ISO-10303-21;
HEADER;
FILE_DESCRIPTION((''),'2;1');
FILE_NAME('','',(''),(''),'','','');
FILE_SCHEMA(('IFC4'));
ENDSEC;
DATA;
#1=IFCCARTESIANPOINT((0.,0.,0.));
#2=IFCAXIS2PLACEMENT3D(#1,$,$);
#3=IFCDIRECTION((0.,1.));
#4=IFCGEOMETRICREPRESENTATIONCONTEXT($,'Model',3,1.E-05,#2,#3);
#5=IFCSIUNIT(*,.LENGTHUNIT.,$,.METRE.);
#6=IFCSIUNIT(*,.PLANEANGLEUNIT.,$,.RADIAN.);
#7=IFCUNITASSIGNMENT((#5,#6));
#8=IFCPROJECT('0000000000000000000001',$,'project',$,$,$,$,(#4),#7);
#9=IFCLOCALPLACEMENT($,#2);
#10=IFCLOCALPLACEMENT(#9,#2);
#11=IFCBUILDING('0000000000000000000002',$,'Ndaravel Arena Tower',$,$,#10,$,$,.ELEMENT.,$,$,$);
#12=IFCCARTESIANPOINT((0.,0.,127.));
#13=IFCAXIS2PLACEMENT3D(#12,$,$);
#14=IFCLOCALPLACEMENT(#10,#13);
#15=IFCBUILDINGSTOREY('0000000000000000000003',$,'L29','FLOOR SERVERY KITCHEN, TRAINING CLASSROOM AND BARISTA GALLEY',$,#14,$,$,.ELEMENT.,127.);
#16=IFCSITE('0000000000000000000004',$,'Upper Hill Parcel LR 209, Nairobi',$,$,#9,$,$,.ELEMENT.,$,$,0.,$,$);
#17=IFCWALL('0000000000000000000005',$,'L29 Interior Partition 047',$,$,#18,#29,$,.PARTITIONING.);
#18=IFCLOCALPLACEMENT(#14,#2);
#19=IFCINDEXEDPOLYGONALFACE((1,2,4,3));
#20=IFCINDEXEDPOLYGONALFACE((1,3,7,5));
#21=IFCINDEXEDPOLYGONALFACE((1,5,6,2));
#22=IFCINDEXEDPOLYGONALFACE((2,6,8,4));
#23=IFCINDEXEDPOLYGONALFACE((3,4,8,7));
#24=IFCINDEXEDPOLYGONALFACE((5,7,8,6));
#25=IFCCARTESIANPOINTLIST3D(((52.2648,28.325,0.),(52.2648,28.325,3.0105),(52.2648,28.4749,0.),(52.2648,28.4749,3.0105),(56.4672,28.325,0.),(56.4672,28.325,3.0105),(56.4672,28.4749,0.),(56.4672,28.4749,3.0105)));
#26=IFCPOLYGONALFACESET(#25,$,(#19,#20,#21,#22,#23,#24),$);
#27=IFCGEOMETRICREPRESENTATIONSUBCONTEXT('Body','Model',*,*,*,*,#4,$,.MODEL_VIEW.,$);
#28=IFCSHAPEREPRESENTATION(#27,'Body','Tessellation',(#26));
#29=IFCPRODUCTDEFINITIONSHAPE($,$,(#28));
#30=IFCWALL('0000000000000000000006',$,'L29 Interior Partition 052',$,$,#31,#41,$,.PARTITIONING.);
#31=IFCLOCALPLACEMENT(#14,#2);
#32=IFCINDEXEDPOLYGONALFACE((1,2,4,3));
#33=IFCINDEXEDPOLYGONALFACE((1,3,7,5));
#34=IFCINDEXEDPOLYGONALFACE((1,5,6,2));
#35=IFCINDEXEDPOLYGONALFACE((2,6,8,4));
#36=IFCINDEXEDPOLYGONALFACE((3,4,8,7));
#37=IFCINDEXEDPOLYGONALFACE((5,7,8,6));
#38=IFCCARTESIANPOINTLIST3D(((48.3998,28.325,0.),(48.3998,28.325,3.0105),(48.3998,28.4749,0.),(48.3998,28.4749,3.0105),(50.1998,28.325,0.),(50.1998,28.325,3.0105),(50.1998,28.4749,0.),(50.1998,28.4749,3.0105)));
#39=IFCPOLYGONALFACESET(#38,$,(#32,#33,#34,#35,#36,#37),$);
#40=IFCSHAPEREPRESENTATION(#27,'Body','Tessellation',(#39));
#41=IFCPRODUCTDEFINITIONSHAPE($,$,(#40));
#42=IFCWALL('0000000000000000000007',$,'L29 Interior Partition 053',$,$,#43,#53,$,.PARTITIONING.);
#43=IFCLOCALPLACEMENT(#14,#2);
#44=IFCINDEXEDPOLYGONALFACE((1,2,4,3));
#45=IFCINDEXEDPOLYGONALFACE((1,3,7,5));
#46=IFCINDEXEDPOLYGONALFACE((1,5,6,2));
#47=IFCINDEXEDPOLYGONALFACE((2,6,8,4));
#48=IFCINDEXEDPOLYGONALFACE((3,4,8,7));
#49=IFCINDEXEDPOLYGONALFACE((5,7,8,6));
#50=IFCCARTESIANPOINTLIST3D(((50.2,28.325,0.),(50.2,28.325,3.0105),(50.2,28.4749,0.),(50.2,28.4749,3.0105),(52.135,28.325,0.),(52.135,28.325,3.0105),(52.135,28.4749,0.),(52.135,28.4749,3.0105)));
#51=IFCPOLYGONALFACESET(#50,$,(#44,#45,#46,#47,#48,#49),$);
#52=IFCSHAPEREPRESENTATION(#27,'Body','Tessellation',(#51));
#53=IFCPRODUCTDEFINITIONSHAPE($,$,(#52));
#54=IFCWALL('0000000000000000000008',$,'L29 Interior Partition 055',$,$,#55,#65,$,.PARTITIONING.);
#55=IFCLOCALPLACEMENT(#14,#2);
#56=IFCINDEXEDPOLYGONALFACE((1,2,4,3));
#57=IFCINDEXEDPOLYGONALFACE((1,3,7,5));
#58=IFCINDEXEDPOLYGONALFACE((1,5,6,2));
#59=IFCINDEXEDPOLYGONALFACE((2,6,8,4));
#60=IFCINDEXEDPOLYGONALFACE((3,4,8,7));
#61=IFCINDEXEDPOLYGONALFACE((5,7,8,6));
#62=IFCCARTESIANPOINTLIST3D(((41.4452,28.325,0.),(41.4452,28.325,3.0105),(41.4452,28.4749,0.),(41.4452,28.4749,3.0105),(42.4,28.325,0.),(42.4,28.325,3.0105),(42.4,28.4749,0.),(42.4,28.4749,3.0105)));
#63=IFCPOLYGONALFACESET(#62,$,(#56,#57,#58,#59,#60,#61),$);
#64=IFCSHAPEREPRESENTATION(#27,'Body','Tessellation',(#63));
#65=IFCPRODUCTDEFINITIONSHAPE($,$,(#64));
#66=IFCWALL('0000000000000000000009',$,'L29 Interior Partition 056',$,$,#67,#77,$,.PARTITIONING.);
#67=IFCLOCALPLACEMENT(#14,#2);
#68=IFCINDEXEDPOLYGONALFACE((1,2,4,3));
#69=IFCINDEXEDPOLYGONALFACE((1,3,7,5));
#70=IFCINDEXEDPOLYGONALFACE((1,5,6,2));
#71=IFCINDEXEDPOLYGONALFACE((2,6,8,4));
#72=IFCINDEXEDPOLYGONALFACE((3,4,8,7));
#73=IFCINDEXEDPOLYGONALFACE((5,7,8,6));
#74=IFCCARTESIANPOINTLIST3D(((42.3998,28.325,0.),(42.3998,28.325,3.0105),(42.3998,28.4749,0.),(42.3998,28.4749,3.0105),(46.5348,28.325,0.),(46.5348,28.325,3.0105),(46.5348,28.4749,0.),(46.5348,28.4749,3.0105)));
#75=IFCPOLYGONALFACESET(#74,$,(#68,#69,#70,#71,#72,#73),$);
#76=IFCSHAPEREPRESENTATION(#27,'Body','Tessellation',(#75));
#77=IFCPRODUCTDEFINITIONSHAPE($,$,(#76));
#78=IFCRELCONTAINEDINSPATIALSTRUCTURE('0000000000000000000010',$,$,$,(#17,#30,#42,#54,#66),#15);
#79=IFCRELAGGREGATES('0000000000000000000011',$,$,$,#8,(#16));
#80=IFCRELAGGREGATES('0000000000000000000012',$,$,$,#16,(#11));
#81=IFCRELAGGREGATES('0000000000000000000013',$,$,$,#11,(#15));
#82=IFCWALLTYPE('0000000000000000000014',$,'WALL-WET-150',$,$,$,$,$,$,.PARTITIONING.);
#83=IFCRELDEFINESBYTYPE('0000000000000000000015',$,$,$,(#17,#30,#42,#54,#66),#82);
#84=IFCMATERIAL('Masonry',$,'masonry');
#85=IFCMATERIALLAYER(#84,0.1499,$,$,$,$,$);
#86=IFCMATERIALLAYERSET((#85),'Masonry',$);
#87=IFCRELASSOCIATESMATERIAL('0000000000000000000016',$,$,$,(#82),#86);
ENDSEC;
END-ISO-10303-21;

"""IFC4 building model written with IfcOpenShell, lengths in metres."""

from ifc_helpers import new_model, si_unit, direction, frame, frame_2d, origin, place, context, subcontext, project, spatial, rectangle, extrude, material, layer, layer_set, type_object, element, save


model = new_model("IFC4")

# Units and contexts
model_context = context("Model", 3, precision=1e-05, world=origin(), true_north=direction((0.0, 1.0)))
body_context = subcontext(model_context, "Body", "Model", "MODEL_VIEW")
ifc_project = project(units=[si_unit("LENGTHUNIT", "METRE"), si_unit("PLANEANGLEUNIT", "RADIAN")], contexts=[model_context])

# Site, building, storey
site_placement = place(None, origin())
site = spatial("IfcSite", under=ifc_project, at=site_placement, Name="Upper Hill Parcel LR 209, Nairobi", CompositionType="ELEMENT", RefElevation=0.0)
building_placement = place(site_placement, origin())
building = spatial("IfcBuilding", under=site, at=building_placement, Name="Ndaravel Arena Tower", CompositionType="ELEMENT")
storey_placement = place(building_placement, frame((0.0, 0.0, 127.0)))
storey = spatial("IfcBuildingStorey", under=building, at=storey_placement, Name="L29", Description="FLOOR SERVERY KITCHEN, TRAINING CLASSROOM AND BARISTA GALLEY", CompositionType="ELEMENT", Elevation=127.0)

# Shared definitions
ifc_material_1 = material(Name="Masonry", Category="masonry")
ifc_layer_1 = layer(ifc_material_1, 0.1499)
ifc_layer_set_1 = layer_set([ifc_layer_1], Name="Masonry")
wall_type_1 = type_object("IfcWallType", Name="WALL-WET-150", PredefinedType="PARTITIONING", material=ifc_layer_set_1)

# Walls
wall_1_placement = place(storey_placement, frame((52.2649, 28.3999, 0.0), z_axis=(0.0, 0.0, 1.0), x_axis=(1.0, 0.0, 0.0)))
element("IfcWall", 1, at=wall_1_placement, inside=storey, type_object=wall_type_1, Name="L29 Interior Partition 047", PredefinedType="PARTITIONING", context=body_context, shape_type="SweptSolid", body=[
    extrude(rectangle(XDim=4.2024, YDim=0.1499, at=frame_2d((2.1011, 0.0))), origin(), (0.0, 0.0, 1.0), 3.0105),
])
wall_2_placement = place(storey_placement, frame((48.3999, 28.3999, 0.0), z_axis=(0.0, 0.0, 1.0), x_axis=(1.0, 0.0, 0.0)))
element("IfcWall", 2, at=wall_2_placement, inside=storey, type_object=wall_type_1, Name="L29 Interior Partition 052", PredefinedType="PARTITIONING", context=body_context, shape_type="SweptSolid", body=[
    extrude(rectangle(XDim=1.8, YDim=0.1499, at=frame_2d((0.8999, 0.0))), origin(), (0.0, 0.0, 1.0), 3.0105),
])
wall_3_placement = place(storey_placement, frame((50.2, 28.3999, 0.0), z_axis=(0.0, 0.0, 1.0), x_axis=(1.0, 0.0, 0.0)))
element("IfcWall", 3, at=wall_3_placement, inside=storey, type_object=wall_type_1, Name="L29 Interior Partition 053", PredefinedType="PARTITIONING", context=body_context, shape_type="SweptSolid", body=[
    extrude(rectangle(XDim=1.9351, YDim=0.1499, at=frame_2d((0.9675, 0.0))), origin(), (0.0, 0.0, 1.0), 3.0105),
])
wall_4_placement = place(storey_placement, frame((41.4451, 28.3999, 0.0), z_axis=(0.0, 0.0, 1.0), x_axis=(1.0, 0.0, 0.0)))
element("IfcWall", 4, at=wall_4_placement, inside=storey, type_object=wall_type_1, Name="L29 Interior Partition 055", PredefinedType="PARTITIONING", context=body_context, shape_type="SweptSolid", body=[
    extrude(rectangle(XDim=0.9548, YDim=0.1499, at=frame_2d((0.4775, 0.0))), origin(), (0.0, 0.0, 1.0), 3.0105),
])
wall_5_placement = place(storey_placement, frame((42.3999, 28.3999, 0.0), z_axis=(0.0, 0.0, 1.0), x_axis=(1.0, 0.0, 0.0)))
element("IfcWall", 5, at=wall_5_placement, inside=storey, type_object=wall_type_1, Name="L29 Interior Partition 056", PredefinedType="PARTITIONING", context=body_context, shape_type="SweptSolid", body=[
    extrude(rectangle(XDim=4.135, YDim=0.1499, at=frame_2d((2.0674, 0.0))), origin(), (0.0, 0.0, 1.0), 3.0105),
])

save(model, "model.ifc")
